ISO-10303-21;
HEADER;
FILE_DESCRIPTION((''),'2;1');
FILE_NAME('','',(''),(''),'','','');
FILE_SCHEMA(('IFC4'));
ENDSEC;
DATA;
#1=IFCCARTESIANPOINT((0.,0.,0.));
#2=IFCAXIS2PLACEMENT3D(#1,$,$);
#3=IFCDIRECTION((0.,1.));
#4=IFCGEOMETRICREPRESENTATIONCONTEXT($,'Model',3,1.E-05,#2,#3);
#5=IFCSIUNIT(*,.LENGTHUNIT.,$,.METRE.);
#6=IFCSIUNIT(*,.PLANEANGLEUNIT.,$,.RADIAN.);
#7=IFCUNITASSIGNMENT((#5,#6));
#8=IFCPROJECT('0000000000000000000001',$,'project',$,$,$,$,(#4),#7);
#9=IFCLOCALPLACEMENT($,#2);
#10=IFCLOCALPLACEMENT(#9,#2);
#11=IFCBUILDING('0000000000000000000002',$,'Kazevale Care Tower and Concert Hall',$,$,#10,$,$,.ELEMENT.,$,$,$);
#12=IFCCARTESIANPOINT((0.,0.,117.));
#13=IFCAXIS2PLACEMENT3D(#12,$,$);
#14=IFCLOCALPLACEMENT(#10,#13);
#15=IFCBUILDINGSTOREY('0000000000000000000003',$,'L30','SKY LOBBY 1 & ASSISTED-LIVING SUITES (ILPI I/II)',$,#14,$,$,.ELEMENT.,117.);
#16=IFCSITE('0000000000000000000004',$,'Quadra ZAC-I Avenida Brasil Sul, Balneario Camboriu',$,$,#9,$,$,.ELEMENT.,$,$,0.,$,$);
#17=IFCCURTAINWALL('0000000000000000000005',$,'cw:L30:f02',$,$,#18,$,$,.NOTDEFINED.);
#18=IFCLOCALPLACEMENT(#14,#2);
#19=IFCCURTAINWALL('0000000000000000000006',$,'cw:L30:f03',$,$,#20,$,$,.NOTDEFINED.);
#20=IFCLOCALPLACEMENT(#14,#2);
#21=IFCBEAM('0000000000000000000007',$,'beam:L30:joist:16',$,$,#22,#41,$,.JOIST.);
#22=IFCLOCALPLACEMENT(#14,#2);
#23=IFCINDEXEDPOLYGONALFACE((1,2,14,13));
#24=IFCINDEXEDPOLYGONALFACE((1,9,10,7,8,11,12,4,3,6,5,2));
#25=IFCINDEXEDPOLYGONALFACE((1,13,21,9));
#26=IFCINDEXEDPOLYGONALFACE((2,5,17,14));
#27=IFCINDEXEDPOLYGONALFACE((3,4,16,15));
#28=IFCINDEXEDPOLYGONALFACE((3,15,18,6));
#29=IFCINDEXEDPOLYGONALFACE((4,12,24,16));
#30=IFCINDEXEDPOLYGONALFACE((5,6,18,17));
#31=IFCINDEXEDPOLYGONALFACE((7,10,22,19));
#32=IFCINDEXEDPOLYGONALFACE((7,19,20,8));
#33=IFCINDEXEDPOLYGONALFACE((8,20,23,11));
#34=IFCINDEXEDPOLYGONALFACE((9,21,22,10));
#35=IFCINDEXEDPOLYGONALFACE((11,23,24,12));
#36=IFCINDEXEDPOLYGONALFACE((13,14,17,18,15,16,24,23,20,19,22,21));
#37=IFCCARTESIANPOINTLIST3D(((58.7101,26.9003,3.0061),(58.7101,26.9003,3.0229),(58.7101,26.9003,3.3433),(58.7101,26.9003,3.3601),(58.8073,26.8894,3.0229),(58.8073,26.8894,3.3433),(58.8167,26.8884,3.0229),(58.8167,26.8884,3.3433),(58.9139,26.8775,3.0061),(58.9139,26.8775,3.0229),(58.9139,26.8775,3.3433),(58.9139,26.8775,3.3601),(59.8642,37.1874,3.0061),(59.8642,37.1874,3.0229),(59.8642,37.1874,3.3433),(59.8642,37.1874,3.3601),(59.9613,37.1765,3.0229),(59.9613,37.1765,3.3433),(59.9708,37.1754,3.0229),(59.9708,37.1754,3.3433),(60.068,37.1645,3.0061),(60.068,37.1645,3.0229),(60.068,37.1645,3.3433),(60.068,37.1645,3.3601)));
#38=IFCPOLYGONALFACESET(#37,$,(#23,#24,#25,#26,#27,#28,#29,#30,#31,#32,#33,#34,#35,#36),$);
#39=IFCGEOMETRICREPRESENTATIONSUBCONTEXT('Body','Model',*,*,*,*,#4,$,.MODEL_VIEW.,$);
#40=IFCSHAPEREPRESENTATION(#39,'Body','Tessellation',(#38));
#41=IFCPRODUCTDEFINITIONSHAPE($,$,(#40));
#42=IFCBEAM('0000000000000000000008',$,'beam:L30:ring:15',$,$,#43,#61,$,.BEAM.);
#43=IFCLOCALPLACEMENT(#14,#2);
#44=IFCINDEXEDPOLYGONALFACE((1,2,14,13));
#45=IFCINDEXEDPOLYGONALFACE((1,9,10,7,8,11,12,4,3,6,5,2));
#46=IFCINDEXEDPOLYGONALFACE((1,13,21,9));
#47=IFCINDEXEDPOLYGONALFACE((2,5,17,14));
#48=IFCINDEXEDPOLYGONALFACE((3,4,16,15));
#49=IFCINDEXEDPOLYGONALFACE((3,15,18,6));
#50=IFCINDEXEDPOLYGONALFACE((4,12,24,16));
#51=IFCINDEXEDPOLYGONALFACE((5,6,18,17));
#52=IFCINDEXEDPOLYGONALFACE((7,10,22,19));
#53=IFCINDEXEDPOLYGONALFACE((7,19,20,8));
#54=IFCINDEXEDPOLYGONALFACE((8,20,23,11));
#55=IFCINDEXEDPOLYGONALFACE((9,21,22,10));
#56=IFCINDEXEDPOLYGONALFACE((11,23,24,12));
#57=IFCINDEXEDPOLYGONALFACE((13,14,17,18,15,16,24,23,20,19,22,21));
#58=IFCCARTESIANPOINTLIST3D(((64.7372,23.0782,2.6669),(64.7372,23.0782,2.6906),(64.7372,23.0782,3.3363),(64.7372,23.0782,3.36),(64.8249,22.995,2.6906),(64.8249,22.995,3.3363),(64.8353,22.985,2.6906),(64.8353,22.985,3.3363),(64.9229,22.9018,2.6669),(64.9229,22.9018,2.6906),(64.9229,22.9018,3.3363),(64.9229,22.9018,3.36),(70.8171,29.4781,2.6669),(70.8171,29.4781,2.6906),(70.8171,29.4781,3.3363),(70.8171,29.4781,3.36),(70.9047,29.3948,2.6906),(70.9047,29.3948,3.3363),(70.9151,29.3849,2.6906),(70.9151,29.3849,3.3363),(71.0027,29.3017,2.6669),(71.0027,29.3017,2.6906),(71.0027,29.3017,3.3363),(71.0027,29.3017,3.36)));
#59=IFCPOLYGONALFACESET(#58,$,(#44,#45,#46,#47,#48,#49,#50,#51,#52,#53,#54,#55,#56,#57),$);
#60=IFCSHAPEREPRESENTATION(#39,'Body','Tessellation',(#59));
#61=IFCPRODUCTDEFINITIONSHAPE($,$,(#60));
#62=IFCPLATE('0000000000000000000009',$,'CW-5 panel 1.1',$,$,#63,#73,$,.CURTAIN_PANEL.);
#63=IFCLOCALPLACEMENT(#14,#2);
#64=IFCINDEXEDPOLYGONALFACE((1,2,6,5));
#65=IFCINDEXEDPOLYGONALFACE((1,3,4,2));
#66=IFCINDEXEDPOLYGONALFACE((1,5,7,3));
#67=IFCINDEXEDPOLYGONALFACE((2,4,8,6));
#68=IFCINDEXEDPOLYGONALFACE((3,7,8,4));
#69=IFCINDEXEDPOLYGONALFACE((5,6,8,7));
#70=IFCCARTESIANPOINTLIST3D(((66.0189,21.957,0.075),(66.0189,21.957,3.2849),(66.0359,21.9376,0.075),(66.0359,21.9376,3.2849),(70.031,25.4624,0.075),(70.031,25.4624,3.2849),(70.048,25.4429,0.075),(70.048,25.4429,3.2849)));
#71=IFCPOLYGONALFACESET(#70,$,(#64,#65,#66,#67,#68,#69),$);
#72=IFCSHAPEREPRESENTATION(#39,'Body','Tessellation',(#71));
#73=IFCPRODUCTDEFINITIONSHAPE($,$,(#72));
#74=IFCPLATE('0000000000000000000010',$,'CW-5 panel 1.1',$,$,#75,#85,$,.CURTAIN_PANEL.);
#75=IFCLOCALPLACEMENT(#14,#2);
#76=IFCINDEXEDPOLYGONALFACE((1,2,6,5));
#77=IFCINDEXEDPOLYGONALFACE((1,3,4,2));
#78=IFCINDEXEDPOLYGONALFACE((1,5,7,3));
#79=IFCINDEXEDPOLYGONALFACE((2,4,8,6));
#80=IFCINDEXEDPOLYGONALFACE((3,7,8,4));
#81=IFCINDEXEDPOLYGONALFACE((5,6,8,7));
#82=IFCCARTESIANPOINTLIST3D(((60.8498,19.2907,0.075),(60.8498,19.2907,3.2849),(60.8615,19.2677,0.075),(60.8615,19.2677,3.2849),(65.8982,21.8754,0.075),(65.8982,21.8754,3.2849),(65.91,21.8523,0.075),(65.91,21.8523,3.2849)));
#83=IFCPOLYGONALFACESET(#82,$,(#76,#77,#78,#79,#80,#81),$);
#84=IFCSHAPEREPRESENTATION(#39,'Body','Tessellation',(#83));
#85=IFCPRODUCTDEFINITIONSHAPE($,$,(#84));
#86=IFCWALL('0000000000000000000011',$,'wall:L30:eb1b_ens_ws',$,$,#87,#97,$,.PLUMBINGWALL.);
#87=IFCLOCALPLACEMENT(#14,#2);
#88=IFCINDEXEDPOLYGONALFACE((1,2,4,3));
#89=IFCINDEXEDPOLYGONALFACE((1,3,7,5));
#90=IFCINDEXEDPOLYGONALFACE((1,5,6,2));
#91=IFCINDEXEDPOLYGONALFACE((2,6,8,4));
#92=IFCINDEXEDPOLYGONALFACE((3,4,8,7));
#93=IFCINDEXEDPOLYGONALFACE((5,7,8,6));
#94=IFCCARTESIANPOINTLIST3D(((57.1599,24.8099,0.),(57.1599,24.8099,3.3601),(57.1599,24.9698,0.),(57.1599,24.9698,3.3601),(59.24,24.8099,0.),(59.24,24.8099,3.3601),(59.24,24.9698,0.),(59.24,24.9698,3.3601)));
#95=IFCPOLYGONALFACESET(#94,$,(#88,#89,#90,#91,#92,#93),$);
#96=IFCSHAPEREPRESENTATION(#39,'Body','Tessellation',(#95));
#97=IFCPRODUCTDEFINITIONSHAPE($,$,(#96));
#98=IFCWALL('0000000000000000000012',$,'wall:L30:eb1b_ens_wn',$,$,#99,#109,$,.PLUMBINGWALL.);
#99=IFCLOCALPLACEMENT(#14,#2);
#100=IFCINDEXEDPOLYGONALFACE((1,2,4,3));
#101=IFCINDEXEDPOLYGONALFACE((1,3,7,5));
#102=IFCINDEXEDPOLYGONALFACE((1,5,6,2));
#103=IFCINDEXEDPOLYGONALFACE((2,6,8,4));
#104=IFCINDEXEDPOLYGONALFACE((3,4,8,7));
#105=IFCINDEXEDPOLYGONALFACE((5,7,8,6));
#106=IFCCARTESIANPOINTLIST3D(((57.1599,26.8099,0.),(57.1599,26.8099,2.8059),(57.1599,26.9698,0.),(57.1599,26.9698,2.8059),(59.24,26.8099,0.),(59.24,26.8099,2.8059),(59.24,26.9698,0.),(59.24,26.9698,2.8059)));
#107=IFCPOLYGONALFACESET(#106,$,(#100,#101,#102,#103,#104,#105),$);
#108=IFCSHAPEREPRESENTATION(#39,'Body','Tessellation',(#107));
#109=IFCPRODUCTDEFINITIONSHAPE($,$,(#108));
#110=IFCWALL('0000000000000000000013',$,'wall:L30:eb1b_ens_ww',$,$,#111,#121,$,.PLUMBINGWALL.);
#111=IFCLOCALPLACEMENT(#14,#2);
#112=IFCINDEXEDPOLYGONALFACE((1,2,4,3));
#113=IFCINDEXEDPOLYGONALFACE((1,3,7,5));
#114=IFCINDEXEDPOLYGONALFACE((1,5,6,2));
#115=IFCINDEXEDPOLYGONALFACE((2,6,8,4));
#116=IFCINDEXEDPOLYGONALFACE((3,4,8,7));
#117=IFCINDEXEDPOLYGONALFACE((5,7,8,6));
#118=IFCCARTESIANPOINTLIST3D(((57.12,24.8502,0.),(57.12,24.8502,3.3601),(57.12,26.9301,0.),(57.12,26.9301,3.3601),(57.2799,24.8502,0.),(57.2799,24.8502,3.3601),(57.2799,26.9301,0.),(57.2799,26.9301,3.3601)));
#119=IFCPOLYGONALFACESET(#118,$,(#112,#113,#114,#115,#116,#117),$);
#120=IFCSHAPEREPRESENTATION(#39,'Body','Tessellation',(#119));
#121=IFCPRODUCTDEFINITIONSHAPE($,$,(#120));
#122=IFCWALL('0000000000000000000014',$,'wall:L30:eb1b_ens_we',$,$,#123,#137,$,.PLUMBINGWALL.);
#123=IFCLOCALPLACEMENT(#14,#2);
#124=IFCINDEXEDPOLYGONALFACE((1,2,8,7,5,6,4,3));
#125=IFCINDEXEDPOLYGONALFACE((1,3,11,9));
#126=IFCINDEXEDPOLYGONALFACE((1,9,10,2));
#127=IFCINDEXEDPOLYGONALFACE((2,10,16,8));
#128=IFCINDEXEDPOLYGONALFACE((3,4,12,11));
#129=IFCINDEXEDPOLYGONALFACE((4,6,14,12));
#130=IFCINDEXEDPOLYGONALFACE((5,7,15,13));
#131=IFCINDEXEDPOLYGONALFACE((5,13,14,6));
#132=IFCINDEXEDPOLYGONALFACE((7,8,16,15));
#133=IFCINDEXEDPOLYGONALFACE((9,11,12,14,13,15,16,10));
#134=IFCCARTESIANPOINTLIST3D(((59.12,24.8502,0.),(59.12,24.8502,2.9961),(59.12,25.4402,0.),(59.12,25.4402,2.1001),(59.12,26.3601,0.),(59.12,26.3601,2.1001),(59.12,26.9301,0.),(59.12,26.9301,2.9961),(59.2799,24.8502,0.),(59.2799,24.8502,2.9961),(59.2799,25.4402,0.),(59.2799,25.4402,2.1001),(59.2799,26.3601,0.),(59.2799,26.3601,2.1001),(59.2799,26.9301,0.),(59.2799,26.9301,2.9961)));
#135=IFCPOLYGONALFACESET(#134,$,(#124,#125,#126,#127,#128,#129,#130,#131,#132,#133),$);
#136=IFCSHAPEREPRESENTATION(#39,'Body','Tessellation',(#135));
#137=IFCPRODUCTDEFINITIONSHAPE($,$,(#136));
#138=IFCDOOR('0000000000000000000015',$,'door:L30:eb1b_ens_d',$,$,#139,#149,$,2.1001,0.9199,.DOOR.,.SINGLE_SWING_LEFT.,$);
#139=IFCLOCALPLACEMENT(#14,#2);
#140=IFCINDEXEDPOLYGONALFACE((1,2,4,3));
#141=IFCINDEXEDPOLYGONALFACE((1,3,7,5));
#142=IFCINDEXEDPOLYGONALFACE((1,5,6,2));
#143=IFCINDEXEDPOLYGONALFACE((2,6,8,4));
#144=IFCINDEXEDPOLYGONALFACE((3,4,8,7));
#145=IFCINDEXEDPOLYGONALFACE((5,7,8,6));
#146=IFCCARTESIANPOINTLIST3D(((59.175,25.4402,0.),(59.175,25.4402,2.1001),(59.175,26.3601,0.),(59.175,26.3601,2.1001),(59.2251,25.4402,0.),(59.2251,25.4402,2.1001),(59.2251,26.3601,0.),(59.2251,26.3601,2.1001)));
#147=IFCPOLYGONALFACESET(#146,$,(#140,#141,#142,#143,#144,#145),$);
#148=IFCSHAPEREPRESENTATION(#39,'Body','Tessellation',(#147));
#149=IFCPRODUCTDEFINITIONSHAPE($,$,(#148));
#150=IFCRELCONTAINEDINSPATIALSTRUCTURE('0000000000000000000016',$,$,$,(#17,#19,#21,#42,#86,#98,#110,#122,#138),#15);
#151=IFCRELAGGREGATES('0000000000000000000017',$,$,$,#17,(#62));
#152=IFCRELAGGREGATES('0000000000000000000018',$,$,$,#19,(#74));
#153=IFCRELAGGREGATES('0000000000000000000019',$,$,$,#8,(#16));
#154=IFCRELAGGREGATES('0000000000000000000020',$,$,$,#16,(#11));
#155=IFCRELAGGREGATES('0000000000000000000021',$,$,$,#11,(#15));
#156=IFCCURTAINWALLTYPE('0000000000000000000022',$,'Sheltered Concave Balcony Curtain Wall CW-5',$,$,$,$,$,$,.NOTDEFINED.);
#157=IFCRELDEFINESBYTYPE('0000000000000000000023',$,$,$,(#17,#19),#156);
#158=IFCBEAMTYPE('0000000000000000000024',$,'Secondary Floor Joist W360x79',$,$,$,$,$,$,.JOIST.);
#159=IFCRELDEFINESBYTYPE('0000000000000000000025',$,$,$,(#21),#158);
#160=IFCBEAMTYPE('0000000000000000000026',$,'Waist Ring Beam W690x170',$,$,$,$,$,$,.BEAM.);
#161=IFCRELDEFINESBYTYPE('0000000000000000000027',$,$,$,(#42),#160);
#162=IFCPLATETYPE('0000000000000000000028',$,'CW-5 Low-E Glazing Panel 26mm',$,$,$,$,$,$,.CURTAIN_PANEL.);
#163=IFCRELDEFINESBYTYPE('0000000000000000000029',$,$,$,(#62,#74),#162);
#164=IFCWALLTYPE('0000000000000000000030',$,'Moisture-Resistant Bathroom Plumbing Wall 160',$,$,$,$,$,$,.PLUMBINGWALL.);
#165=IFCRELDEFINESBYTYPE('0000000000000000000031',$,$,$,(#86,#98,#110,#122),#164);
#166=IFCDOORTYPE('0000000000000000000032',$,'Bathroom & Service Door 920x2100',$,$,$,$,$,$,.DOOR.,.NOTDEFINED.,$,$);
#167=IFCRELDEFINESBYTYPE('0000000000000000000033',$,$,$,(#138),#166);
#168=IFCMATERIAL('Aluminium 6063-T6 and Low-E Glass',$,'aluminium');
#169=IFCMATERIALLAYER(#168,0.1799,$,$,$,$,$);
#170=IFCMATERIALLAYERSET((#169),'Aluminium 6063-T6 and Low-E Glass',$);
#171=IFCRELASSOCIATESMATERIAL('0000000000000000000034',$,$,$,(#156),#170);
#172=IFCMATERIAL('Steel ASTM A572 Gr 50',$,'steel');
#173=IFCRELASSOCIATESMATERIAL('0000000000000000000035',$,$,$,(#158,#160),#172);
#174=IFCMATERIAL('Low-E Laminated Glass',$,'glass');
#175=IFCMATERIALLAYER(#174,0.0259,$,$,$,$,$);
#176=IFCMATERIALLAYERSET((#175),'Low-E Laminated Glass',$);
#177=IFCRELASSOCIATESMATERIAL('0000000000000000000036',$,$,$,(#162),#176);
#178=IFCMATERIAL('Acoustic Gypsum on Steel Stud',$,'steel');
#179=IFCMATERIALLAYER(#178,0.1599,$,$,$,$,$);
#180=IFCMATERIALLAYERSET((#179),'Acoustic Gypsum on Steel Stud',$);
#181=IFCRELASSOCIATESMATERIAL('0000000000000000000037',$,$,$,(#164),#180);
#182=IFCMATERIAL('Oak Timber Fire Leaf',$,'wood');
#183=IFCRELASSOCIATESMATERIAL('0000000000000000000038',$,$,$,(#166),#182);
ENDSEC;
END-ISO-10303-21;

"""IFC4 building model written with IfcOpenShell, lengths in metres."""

from ifc_helpers import new_model, si_unit, direction, frame, frame_2d, origin, origin_2d, place, context, subcontext, project, spatial, rectangle, i_section, extrude, material, layer, layer_set, material_profile, profile_set, type_object, element, fill, aggregate, save


model = new_model("IFC4")

# Units and contexts
model_context = context("Model", 3, precision=1e-05, world=origin(), true_north=direction((0.0, 1.0)))
body_context = subcontext(model_context, "Body", "Model", "MODEL_VIEW")
ifc_project = project(units=[si_unit("LENGTHUNIT", "METRE"), si_unit("PLANEANGLEUNIT", "RADIAN")], contexts=[model_context])

# Site, building, storey
site_placement = place(None, origin())
site = spatial("IfcSite", under=ifc_project, at=site_placement, Name="Quadra ZAC-I Avenida Brasil Sul, Balneario Camboriu", CompositionType="ELEMENT", RefElevation=0.0)
building_placement = place(site_placement, origin())
building = spatial("IfcBuilding", under=site, at=building_placement, Name="Kazevale Care Tower and Concert Hall", CompositionType="ELEMENT")
storey_placement = place(building_placement, frame((0.0, 0.0, 117.0)))
storey = spatial("IfcBuildingStorey", under=building, at=storey_placement, Name="L30", Description="SKY LOBBY 1 & ASSISTED-LIVING SUITES (ILPI I/II)", CompositionType="ELEMENT", Elevation=117.0)

# Curtain walls
ifc_material_1 = material(Name="Aluminium 6063-T6 and Low-E Glass", Category="aluminium")
ifc_layer_1 = layer(ifc_material_1, 0.1799)
ifc_layer_set_1 = layer_set([ifc_layer_1], Name="Aluminium 6063-T6 and Low-E Glass")
curtain_wall_type = type_object("IfcCurtainWallType", Name="Sheltered Concave Balcony Curtain Wall CW-5", PredefinedType="NOTDEFINED", material=ifc_layer_set_1)
curtain_wall_1_placement = place(storey_placement, origin())
curtain_wall_1 = element("IfcCurtainWall", 1, at=curtain_wall_1_placement, inside=storey, type_object=curtain_wall_type, Name="cw:L30:f02", PredefinedType="NOTDEFINED")
curtain_wall_2_placement = place(storey_placement, origin())
curtain_wall_2 = element("IfcCurtainWall", 2, at=curtain_wall_2_placement, inside=storey, type_object=curtain_wall_type, Name="cw:L30:f03", PredefinedType="NOTDEFINED")

# Beams
ifc_material_2 = material(Name="Steel ASTM A572 Gr 50", Category="steel")
ifc_material_profile_1 = material_profile(ifc_material_2, i_section(OverallWidth=0.2051, OverallDepth=0.354, WebThickness=0.0095, FlangeThickness=0.0168, at=origin_2d()), Name="W360x79")
ifc_profile_set_1 = profile_set([ifc_material_profile_1], Name="Steel ASTM A572 Gr 50")
beam_type_1 = type_object("IfcBeamType", Name="Secondary Floor Joist W360x79", PredefinedType="JOIST", material=ifc_profile_set_1)
beam_1_placement = place(storey_placement, frame((58.812, 26.8889, 3.1831), z_axis=(0.111485, 0.993766, 0.0), x_axis=(-0.993766, 0.111485, 0.0)))
element("IfcBeam", 3, at=beam_1_placement, inside=storey, type_object=beam_type_1, Name="beam:L30:joist:16", PredefinedType="JOIST", context=body_context, shape_type="SweptSolid", body=[
    extrude(i_section(OverallWidth=0.2051, OverallDepth=0.354, WebThickness=0.0095, FlangeThickness=0.0168, at=origin_2d()), origin(), (0.0, 0.0, 1.0), 10.3516),
])
ifc_material_profile_2 = material_profile(ifc_material_2, i_section(OverallWidth=0.2561, OverallDepth=0.6931, WebThickness=0.0144, FlangeThickness=0.0237, at=origin_2d()), Name="W690x170")
ifc_profile_set_2 = profile_set([ifc_material_profile_2], Name="Steel ASTM A572 Gr 50")
beam_type_2 = type_object("IfcBeamType", Name="Waist Ring Beam W690x170", PredefinedType="BEAM", material=ifc_profile_set_2)
beam_2_placement = place(storey_placement, frame((64.8301, 22.99, 3.0134), z_axis=(0.688745, 0.725004, 0.0), x_axis=(-0.725004, 0.688745, 0.0)))
element("IfcBeam", 4, at=beam_2_placement, inside=storey, type_object=beam_type_2, Name="beam:L30:ring:15", PredefinedType="BEAM", context=body_context, shape_type="SweptSolid", body=[
    extrude(i_section(OverallWidth=0.2561, OverallDepth=0.6931, WebThickness=0.0144, FlangeThickness=0.0237, at=origin_2d()), origin(), (0.0, 0.0, 1.0), 8.8274),
])

# Plates
ifc_material_3 = material(Name="Low-E Laminated Glass", Category="glass")
ifc_layer_2 = layer(ifc_material_3, 0.0259)
ifc_layer_set_2 = layer_set([ifc_layer_2], Name="Low-E Laminated Glass")
plate_type = type_object("IfcPlateType", Name="CW-5 Low-E Glazing Panel 26mm", PredefinedType="CURTAIN_PANEL", material=ifc_layer_set_2)
plate_1_placement = place(storey_placement, frame((68.0334, 23.7, 0.075), z_axis=(0.0, 0.0, 1.0), x_axis=(-0.753063, -0.657949, 0.0)))
plate_1 = element("IfcPlate", 5, at=plate_1_placement, type_object=plate_type, Name="CW-5 panel 1.1", PredefinedType="CURTAIN_PANEL", context=body_context, shape_type="SweptSolid", body=[
    extrude(rectangle(XDim=5.3276, YDim=0.0259, at=origin_2d()), origin(), (0.0, 0.0, 1.0), 3.21),
])
aggregate(curtain_wall_1, [plate_1])
plate_2_placement = place(storey_placement, frame((63.3799, 20.5715, 0.075), z_axis=(0.0, 0.0, 1.0), x_axis=(-0.890127, -0.455713, 0.0)))
plate_2 = element("IfcPlate", 6, at=plate_2_placement, type_object=plate_type, Name="CW-5 panel 1.1", PredefinedType="CURTAIN_PANEL", context=body_context, shape_type="SweptSolid", body=[
    extrude(rectangle(XDim=5.6716, YDim=0.0259, at=origin_2d()), origin(), (0.0, 0.0, 1.0), 3.21),
])
aggregate(curtain_wall_2, [plate_2])

# Walls
ifc_material_4 = material(Name="Acoustic Gypsum on Steel Stud", Category="steel")
ifc_layer_3 = layer(ifc_material_4, 0.1599)
ifc_layer_set_3 = layer_set([ifc_layer_3], Name="Acoustic Gypsum on Steel Stud")
wall_type_1 = type_object("IfcWallType", Name="Moisture-Resistant Bathroom Plumbing Wall 160", PredefinedType="PLUMBINGWALL", material=ifc_layer_set_3)
wall_1_placement = place(storey_placement, frame((57.1599, 24.8899, 0.0), z_axis=(0.0, 0.0, 1.0), x_axis=(1.0, 0.0, 0.0)))
element("IfcWall", 7, at=wall_1_placement, inside=storey, type_object=wall_type_1, Name="wall:L30:eb1b_ens_ws", PredefinedType="PLUMBINGWALL", context=body_context, shape_type="SweptSolid", body=[
    extrude(rectangle(XDim=2.0801, YDim=0.1599, at=frame_2d((1.04, 0.0))), origin(), (0.0, 0.0, 1.0), 3.3601),
])
wall_2_placement = place(storey_placement, frame((57.1599, 26.8899, 0.0), z_axis=(0.0, 0.0, 1.0), x_axis=(1.0, 0.0, 0.0)))
element("IfcWall", 8, at=wall_2_placement, inside=storey, type_object=wall_type_1, Name="wall:L30:eb1b_ens_wn", PredefinedType="PLUMBINGWALL", context=body_context, shape_type="SweptSolid", body=[
    extrude(rectangle(XDim=2.0801, YDim=0.1599, at=frame_2d((1.04, 0.0))), origin(), (0.0, 0.0, 1.0), 2.8059),
])
wall_3_placement = place(storey_placement, frame((57.2, 24.8501, 0.0), z_axis=(0.0, 0.0, 1.0), x_axis=(0.0, 1.0, 0.0)))
element("IfcWall", 9, at=wall_3_placement, inside=storey, type_object=wall_type_1, Name="wall:L30:eb1b_ens_ww", PredefinedType="PLUMBINGWALL", context=body_context, shape_type="SweptSolid", body=[
    extrude(rectangle(XDim=2.0798, YDim=0.1599, at=frame_2d((1.04, 0.0))), origin(), (0.0, 0.0, 1.0), 3.3601),
])

# Wall, opening, door
wall_4_placement = place(storey_placement, frame((59.2, 24.8501, 0.0), z_axis=(0.0, 0.0, 1.0), x_axis=(0.0, 1.0, 0.0)))
wall_4 = element("IfcWall", 10, at=wall_4_placement, inside=storey, type_object=wall_type_1, Name="wall:L30:eb1b_ens_we", PredefinedType="PLUMBINGWALL", context=body_context, shape_type="SweptSolid", body=[
    extrude(rectangle(XDim=2.0798, YDim=0.1599, at=frame_2d((1.04, 0.0))), origin(), (0.0, 0.0, 1.0), 2.9961),
])
opening_1_placement = place(wall_4_placement, frame((0.5901, 0.0, 0.0)))
opening_1 = element("IfcOpeningElement", 11, at=opening_1_placement, cuts=wall_4, PredefinedType="OPENING", context=body_context, shape_type="SweptSolid", body=[
    extrude(rectangle(XDim=0.9199, YDim=2.1001, at=frame_2d((0.46, 1.05))), frame((0.0, 0.0898, 0.0), z_axis=(0.0, -1.0, 0.0), x_axis=(1.0, 0.0, 0.0)), (0.0, 0.0, 1.0), 0.1799),
])
ifc_material_5 = material(Name="Oak Timber Fire Leaf", Category="wood")
door_type_1 = type_object("IfcDoorType", Name="Bathroom & Service Door 920x2100", OperationType="NOTDEFINED", PredefinedType="DOOR", material=ifc_material_5)
door_1_placement = place(opening_1_placement, origin())
door_1 = element("IfcDoor", 12, at=door_1_placement, inside=storey, type_object=door_type_1, Name="door:L30:eb1b_ens_d", OperationType="SINGLE_SWING_LEFT", OverallHeight=2.1001, OverallWidth=0.9199, PredefinedType="DOOR", context=body_context, shape_type="SweptSolid", body=[
    extrude(rectangle(XDim=0.9199, YDim=2.1001, at=frame_2d((0.46, 1.05))), frame((0.0, 0.0249, 0.0), z_axis=(0.0, -1.0, 0.0), x_axis=(1.0, 0.0, 0.0)), (0.0, 0.0, 1.0), 0.05),
])
fill(opening_1, door_1)

save(model, "model.ifc")
